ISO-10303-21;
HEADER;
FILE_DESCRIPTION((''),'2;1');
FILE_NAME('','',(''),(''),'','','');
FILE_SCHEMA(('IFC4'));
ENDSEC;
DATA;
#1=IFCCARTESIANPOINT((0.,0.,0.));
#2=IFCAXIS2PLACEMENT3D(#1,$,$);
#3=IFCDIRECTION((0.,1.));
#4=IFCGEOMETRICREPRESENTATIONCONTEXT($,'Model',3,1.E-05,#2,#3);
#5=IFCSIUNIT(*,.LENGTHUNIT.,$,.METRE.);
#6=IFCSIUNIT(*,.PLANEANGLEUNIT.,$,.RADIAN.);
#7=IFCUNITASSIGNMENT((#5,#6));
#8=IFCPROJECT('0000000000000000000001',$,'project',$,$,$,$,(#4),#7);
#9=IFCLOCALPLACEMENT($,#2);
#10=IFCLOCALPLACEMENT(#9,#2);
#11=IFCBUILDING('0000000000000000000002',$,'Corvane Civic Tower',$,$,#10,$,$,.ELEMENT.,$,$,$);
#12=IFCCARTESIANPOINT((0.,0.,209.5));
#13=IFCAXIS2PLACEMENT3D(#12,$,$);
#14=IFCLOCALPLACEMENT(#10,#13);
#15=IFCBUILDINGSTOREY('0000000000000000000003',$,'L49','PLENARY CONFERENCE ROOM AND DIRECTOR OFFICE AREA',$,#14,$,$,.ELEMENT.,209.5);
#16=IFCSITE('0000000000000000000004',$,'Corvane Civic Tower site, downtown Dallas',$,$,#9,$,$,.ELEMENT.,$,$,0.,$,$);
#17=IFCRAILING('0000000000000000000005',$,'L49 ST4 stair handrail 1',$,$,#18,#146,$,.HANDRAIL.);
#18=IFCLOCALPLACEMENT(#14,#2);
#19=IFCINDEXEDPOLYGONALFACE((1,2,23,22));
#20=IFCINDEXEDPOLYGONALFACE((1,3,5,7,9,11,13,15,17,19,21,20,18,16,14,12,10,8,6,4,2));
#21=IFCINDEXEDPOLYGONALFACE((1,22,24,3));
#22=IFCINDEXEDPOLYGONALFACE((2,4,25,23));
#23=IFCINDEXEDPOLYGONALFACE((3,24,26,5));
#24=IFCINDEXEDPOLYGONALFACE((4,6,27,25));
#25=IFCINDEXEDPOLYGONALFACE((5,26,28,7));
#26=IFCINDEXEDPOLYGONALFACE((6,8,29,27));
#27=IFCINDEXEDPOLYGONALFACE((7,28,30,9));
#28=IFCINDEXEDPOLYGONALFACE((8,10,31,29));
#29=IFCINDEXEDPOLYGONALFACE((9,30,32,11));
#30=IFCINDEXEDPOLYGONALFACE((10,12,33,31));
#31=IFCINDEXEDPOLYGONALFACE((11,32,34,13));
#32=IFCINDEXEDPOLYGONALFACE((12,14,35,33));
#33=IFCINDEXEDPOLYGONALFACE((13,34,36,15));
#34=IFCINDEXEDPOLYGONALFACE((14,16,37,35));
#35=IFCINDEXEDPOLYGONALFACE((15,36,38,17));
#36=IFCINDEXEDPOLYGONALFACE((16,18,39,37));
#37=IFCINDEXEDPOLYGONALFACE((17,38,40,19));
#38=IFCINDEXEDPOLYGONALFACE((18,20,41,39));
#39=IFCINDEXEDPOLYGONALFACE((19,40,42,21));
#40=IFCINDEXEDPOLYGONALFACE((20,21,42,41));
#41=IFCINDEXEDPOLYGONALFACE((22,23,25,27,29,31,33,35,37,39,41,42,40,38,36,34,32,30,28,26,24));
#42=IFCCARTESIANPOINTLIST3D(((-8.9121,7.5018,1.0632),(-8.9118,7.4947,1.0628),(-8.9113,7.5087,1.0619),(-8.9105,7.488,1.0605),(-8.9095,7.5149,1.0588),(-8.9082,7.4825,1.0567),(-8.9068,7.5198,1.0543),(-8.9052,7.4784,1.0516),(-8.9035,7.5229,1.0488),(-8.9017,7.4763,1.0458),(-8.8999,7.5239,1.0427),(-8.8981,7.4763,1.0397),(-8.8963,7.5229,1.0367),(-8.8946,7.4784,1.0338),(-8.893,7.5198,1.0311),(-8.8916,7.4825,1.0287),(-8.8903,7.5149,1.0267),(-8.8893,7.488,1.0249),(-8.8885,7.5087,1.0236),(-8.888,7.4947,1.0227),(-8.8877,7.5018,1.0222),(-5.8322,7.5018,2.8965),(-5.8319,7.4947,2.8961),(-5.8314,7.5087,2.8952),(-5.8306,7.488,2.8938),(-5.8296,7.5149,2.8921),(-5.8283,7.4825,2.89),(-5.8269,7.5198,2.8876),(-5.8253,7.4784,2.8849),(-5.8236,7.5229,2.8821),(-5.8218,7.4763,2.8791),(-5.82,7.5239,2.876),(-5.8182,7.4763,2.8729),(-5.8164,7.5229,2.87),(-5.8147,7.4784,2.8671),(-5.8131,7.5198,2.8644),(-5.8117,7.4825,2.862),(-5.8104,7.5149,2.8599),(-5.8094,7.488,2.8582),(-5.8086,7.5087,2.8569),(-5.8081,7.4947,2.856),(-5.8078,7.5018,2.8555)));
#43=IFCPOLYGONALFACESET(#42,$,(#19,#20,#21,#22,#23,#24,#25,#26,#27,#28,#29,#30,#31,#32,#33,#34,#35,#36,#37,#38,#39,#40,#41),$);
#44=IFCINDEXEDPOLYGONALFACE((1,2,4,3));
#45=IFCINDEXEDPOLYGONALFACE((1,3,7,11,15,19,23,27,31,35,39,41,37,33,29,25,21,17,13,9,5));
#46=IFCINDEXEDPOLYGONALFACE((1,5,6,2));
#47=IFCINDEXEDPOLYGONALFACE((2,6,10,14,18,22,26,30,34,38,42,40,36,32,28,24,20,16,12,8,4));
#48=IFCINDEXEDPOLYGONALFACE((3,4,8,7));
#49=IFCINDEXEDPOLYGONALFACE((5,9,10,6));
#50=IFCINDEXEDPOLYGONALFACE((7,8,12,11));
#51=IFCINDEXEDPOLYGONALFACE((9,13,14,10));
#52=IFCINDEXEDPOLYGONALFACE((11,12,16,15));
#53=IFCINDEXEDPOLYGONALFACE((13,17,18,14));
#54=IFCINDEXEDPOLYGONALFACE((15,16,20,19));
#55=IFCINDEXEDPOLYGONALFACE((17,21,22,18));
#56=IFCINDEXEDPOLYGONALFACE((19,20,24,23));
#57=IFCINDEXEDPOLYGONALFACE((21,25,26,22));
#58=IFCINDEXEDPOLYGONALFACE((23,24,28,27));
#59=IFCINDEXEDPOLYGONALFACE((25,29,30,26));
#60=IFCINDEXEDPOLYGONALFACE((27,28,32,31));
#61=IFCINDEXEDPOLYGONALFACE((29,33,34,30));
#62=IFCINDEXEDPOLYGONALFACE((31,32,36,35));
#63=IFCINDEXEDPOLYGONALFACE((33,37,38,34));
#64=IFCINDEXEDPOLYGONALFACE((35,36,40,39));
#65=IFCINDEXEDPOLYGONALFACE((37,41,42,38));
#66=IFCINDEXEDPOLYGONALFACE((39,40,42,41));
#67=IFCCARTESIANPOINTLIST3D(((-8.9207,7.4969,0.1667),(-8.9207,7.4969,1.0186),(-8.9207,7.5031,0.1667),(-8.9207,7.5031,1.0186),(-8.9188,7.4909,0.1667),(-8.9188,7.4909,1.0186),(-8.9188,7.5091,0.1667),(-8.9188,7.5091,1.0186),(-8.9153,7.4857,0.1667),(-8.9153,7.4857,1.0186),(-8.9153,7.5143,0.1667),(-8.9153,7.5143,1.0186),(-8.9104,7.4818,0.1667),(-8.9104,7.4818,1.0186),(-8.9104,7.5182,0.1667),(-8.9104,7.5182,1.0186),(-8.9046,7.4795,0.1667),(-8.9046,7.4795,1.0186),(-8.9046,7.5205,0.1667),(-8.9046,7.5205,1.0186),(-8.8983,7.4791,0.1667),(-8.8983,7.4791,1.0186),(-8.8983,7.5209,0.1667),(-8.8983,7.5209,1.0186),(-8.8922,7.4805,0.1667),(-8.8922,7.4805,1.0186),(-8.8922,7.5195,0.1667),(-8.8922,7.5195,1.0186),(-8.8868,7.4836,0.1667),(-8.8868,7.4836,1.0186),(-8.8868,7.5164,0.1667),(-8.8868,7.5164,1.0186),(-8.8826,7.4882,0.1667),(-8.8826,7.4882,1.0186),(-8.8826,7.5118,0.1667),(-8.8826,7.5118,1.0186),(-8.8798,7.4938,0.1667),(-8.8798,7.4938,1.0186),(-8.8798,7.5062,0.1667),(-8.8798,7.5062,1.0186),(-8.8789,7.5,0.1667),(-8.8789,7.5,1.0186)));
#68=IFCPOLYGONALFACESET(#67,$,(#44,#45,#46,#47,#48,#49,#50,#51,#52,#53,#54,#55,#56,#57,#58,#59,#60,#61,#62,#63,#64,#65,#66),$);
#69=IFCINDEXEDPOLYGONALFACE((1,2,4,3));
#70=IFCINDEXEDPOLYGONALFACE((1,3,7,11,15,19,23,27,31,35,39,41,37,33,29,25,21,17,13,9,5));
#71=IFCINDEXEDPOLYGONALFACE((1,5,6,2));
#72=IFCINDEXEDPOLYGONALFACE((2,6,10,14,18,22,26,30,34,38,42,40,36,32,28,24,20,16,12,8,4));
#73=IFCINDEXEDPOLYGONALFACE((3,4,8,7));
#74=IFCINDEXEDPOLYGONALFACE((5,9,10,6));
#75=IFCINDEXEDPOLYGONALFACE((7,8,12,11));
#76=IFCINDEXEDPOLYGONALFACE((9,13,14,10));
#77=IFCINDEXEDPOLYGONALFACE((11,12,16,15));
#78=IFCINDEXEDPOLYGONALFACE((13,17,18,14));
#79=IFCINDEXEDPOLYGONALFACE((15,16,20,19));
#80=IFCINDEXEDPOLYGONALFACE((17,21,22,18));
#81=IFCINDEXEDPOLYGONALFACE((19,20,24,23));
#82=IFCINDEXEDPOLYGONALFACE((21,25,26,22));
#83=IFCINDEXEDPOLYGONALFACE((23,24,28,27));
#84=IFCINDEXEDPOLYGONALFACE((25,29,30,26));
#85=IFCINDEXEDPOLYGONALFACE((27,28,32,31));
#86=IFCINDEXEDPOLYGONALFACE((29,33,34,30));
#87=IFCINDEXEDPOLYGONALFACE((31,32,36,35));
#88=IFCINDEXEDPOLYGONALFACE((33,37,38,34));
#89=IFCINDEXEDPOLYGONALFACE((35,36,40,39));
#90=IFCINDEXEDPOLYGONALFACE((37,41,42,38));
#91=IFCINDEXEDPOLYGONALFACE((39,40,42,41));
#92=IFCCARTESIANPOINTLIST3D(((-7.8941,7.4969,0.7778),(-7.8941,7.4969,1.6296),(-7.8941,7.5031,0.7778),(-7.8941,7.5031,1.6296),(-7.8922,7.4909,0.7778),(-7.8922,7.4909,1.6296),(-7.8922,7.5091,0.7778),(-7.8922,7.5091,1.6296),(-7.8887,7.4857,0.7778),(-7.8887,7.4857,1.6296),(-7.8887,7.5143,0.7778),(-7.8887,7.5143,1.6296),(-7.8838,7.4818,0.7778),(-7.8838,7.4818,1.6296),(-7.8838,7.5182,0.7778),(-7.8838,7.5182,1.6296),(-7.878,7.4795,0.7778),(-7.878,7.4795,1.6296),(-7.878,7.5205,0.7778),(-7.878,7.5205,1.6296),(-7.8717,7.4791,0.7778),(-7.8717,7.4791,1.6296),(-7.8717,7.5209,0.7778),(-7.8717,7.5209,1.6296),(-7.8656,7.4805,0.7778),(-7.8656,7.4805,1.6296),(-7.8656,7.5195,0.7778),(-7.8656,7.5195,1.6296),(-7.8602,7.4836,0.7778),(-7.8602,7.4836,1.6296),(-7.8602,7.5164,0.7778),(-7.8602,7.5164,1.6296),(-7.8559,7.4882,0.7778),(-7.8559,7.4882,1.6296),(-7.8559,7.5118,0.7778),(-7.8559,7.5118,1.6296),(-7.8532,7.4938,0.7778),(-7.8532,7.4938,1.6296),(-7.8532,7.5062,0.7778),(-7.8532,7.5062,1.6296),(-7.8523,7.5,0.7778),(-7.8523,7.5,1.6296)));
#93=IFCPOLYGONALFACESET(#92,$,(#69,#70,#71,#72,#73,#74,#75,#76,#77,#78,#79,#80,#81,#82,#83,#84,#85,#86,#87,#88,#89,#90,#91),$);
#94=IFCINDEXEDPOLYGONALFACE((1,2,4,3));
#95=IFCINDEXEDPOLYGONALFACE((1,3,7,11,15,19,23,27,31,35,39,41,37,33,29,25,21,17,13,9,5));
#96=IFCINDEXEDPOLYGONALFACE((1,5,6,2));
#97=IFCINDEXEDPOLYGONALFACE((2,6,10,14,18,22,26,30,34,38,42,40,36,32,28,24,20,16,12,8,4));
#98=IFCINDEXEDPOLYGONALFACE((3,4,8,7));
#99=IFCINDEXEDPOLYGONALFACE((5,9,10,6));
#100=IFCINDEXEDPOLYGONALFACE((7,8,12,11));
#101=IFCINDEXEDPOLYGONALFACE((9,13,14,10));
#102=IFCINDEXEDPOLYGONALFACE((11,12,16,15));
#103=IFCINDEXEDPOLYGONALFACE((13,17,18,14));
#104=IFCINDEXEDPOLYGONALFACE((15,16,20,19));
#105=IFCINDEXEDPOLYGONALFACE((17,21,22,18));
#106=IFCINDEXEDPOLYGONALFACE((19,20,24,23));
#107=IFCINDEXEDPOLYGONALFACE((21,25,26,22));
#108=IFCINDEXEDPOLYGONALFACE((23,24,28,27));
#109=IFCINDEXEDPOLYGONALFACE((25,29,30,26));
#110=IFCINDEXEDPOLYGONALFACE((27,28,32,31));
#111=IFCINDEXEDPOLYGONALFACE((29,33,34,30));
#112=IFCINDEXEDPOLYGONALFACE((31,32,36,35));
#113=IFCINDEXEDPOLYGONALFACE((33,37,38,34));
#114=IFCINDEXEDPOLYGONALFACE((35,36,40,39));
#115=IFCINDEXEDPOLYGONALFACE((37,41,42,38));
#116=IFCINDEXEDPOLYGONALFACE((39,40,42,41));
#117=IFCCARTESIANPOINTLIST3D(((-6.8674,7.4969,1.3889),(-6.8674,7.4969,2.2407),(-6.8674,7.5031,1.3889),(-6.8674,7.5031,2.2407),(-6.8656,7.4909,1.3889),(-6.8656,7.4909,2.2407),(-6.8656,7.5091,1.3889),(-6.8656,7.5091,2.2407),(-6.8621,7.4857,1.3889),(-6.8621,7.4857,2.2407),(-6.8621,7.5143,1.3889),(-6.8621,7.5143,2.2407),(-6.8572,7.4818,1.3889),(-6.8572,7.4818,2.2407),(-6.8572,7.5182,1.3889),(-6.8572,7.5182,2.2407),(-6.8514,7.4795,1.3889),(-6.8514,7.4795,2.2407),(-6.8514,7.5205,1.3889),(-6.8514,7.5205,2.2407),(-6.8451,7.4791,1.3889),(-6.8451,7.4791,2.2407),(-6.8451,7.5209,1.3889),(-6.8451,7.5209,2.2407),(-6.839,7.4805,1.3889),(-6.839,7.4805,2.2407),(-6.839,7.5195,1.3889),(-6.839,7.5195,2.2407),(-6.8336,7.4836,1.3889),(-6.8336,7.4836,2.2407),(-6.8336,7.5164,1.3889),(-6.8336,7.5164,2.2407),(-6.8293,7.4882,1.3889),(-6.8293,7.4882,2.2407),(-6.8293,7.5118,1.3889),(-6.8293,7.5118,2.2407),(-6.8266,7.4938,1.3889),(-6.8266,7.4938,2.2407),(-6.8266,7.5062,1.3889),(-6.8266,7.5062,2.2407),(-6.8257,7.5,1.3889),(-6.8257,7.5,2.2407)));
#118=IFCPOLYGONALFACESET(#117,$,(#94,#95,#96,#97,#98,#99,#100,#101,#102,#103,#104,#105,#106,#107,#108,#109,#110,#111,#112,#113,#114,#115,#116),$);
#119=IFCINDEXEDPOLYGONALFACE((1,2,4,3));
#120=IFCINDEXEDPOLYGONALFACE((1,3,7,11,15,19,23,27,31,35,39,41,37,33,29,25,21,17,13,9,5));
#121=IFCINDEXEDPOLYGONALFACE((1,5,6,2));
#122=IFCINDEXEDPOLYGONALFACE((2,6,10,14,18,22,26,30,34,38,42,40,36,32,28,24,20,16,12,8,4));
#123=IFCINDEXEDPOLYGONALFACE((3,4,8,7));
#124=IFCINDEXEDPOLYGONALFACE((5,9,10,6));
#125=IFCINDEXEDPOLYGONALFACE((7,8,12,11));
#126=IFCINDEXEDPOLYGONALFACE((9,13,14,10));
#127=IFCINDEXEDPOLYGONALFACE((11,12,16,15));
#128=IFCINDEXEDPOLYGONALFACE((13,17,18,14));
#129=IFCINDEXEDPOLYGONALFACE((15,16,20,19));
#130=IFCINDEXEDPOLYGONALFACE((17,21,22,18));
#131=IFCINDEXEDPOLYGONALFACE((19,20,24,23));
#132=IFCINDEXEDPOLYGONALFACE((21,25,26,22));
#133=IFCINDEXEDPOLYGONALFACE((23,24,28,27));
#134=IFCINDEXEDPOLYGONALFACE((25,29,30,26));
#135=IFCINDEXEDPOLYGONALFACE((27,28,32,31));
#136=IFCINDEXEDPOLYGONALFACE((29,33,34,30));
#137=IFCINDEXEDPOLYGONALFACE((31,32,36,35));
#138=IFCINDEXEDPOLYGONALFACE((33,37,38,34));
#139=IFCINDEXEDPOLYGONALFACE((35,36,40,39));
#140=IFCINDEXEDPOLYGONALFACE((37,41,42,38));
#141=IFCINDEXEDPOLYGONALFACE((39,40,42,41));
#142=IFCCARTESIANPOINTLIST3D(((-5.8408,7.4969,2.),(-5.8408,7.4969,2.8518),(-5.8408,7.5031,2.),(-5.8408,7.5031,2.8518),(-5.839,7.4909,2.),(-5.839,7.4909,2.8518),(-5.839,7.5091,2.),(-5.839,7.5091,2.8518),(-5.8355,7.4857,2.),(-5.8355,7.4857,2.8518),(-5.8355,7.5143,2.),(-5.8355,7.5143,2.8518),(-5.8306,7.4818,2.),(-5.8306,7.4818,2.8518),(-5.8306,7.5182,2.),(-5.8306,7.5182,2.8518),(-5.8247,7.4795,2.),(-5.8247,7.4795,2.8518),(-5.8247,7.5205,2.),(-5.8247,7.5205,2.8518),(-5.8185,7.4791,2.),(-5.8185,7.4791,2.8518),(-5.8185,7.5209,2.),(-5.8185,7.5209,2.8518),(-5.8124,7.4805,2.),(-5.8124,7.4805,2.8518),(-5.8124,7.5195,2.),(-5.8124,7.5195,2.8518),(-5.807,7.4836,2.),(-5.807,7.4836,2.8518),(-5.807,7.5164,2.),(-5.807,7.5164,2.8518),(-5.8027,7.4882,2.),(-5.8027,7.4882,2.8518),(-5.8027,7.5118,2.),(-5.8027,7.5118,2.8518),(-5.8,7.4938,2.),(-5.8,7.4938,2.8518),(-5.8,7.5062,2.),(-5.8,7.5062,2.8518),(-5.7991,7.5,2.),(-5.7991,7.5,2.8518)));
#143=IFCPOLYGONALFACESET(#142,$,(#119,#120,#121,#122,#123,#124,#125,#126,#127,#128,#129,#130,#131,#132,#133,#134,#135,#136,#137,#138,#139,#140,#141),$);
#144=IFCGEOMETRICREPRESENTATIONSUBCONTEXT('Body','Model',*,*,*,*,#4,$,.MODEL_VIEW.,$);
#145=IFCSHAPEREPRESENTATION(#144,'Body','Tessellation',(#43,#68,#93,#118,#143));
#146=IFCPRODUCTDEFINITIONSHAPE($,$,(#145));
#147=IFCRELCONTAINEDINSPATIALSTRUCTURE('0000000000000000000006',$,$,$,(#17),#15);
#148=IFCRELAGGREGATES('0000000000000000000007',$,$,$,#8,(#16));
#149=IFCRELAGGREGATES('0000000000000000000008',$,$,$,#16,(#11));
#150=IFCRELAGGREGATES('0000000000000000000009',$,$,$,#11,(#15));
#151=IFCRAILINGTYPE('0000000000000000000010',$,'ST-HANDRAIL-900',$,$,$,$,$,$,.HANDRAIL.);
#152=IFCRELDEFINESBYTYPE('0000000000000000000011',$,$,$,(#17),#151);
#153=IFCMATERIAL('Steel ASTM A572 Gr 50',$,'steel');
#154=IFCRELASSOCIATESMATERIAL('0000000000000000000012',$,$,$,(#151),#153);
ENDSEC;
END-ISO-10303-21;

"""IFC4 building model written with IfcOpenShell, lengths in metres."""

from ifc_helpers import new_model, si_unit, direction, frame, origin, origin_2d, place, context, subcontext, project, spatial, circle, extrude, material, type_object, element, save


model = new_model("IFC4")

# Units and contexts
model_context = context("Model", 3, precision=1e-05, world=origin(), true_north=direction((0.0, 1.0)))
body_context = subcontext(model_context, "Body", "Model", "MODEL_VIEW")
ifc_project = project(units=[si_unit("LENGTHUNIT", "METRE"), si_unit("PLANEANGLEUNIT", "RADIAN")], contexts=[model_context])

# Site, building, storey
site_placement = place(None, origin())
site = spatial("IfcSite", under=ifc_project, at=site_placement, Name="Corvane Civic Tower site, downtown Dallas", CompositionType="ELEMENT", RefElevation=0.0)
building_placement = place(site_placement, origin())
building = spatial("IfcBuilding", under=site, at=building_placement, Name="Corvane Civic Tower", CompositionType="ELEMENT")
storey_placement = place(building_placement, frame((0.0, 0.0, 209.5)))
storey = spatial("IfcBuildingStorey", under=building, at=storey_placement, Name="L49", Description="PLENARY CONFERENCE ROOM AND DIRECTOR OFFICE AREA", CompositionType="ELEMENT", Elevation=209.5)

# Railing
ifc_material_1 = material(Name="Steel ASTM A572 Gr 50", Category="steel")
railing_type_1 = type_object("IfcRailingType", Name="ST-HANDRAIL-900", PredefinedType="HANDRAIL", material=ifc_material_1)
railing_1_placement = place(storey_placement, frame((-8.8999, 7.5, 0.1667)))
element("IfcRailing", 1, at=railing_1_placement, inside=storey, type_object=railing_type_1, Name="L49 ST4 stair handrail 1", PredefinedType="HANDRAIL", context=body_context, shape_type="SweptSolid", body=[
    extrude(circle(Radius=0.0239, at=origin_2d()), frame((0.0, 0.0, 0.876), z_axis=(0.859291, 0.0, 0.511487), x_axis=(0.0, 1.0, 0.0)), (0.0, 0.0, 1.0), 3.5842),
    extrude(circle(Radius=0.021, at=origin_2d()), origin(), (0.0, 0.0, 1.0), 0.8518),
    extrude(circle(Radius=0.021, at=origin_2d()), frame((1.0266, 0.0, 0.6111)), (0.0, 0.0, 1.0), 0.8518),
    extrude(circle(Radius=0.021, at=origin_2d()), frame((2.0532, 0.0, 1.2222)), (0.0, 0.0, 1.0), 0.8518),
    extrude(circle(Radius=0.021, at=origin_2d()), frame((3.0798, 0.0, 1.8333)), (0.0, 0.0, 1.0), 0.8518),
])

save(model, "model.ifc")
